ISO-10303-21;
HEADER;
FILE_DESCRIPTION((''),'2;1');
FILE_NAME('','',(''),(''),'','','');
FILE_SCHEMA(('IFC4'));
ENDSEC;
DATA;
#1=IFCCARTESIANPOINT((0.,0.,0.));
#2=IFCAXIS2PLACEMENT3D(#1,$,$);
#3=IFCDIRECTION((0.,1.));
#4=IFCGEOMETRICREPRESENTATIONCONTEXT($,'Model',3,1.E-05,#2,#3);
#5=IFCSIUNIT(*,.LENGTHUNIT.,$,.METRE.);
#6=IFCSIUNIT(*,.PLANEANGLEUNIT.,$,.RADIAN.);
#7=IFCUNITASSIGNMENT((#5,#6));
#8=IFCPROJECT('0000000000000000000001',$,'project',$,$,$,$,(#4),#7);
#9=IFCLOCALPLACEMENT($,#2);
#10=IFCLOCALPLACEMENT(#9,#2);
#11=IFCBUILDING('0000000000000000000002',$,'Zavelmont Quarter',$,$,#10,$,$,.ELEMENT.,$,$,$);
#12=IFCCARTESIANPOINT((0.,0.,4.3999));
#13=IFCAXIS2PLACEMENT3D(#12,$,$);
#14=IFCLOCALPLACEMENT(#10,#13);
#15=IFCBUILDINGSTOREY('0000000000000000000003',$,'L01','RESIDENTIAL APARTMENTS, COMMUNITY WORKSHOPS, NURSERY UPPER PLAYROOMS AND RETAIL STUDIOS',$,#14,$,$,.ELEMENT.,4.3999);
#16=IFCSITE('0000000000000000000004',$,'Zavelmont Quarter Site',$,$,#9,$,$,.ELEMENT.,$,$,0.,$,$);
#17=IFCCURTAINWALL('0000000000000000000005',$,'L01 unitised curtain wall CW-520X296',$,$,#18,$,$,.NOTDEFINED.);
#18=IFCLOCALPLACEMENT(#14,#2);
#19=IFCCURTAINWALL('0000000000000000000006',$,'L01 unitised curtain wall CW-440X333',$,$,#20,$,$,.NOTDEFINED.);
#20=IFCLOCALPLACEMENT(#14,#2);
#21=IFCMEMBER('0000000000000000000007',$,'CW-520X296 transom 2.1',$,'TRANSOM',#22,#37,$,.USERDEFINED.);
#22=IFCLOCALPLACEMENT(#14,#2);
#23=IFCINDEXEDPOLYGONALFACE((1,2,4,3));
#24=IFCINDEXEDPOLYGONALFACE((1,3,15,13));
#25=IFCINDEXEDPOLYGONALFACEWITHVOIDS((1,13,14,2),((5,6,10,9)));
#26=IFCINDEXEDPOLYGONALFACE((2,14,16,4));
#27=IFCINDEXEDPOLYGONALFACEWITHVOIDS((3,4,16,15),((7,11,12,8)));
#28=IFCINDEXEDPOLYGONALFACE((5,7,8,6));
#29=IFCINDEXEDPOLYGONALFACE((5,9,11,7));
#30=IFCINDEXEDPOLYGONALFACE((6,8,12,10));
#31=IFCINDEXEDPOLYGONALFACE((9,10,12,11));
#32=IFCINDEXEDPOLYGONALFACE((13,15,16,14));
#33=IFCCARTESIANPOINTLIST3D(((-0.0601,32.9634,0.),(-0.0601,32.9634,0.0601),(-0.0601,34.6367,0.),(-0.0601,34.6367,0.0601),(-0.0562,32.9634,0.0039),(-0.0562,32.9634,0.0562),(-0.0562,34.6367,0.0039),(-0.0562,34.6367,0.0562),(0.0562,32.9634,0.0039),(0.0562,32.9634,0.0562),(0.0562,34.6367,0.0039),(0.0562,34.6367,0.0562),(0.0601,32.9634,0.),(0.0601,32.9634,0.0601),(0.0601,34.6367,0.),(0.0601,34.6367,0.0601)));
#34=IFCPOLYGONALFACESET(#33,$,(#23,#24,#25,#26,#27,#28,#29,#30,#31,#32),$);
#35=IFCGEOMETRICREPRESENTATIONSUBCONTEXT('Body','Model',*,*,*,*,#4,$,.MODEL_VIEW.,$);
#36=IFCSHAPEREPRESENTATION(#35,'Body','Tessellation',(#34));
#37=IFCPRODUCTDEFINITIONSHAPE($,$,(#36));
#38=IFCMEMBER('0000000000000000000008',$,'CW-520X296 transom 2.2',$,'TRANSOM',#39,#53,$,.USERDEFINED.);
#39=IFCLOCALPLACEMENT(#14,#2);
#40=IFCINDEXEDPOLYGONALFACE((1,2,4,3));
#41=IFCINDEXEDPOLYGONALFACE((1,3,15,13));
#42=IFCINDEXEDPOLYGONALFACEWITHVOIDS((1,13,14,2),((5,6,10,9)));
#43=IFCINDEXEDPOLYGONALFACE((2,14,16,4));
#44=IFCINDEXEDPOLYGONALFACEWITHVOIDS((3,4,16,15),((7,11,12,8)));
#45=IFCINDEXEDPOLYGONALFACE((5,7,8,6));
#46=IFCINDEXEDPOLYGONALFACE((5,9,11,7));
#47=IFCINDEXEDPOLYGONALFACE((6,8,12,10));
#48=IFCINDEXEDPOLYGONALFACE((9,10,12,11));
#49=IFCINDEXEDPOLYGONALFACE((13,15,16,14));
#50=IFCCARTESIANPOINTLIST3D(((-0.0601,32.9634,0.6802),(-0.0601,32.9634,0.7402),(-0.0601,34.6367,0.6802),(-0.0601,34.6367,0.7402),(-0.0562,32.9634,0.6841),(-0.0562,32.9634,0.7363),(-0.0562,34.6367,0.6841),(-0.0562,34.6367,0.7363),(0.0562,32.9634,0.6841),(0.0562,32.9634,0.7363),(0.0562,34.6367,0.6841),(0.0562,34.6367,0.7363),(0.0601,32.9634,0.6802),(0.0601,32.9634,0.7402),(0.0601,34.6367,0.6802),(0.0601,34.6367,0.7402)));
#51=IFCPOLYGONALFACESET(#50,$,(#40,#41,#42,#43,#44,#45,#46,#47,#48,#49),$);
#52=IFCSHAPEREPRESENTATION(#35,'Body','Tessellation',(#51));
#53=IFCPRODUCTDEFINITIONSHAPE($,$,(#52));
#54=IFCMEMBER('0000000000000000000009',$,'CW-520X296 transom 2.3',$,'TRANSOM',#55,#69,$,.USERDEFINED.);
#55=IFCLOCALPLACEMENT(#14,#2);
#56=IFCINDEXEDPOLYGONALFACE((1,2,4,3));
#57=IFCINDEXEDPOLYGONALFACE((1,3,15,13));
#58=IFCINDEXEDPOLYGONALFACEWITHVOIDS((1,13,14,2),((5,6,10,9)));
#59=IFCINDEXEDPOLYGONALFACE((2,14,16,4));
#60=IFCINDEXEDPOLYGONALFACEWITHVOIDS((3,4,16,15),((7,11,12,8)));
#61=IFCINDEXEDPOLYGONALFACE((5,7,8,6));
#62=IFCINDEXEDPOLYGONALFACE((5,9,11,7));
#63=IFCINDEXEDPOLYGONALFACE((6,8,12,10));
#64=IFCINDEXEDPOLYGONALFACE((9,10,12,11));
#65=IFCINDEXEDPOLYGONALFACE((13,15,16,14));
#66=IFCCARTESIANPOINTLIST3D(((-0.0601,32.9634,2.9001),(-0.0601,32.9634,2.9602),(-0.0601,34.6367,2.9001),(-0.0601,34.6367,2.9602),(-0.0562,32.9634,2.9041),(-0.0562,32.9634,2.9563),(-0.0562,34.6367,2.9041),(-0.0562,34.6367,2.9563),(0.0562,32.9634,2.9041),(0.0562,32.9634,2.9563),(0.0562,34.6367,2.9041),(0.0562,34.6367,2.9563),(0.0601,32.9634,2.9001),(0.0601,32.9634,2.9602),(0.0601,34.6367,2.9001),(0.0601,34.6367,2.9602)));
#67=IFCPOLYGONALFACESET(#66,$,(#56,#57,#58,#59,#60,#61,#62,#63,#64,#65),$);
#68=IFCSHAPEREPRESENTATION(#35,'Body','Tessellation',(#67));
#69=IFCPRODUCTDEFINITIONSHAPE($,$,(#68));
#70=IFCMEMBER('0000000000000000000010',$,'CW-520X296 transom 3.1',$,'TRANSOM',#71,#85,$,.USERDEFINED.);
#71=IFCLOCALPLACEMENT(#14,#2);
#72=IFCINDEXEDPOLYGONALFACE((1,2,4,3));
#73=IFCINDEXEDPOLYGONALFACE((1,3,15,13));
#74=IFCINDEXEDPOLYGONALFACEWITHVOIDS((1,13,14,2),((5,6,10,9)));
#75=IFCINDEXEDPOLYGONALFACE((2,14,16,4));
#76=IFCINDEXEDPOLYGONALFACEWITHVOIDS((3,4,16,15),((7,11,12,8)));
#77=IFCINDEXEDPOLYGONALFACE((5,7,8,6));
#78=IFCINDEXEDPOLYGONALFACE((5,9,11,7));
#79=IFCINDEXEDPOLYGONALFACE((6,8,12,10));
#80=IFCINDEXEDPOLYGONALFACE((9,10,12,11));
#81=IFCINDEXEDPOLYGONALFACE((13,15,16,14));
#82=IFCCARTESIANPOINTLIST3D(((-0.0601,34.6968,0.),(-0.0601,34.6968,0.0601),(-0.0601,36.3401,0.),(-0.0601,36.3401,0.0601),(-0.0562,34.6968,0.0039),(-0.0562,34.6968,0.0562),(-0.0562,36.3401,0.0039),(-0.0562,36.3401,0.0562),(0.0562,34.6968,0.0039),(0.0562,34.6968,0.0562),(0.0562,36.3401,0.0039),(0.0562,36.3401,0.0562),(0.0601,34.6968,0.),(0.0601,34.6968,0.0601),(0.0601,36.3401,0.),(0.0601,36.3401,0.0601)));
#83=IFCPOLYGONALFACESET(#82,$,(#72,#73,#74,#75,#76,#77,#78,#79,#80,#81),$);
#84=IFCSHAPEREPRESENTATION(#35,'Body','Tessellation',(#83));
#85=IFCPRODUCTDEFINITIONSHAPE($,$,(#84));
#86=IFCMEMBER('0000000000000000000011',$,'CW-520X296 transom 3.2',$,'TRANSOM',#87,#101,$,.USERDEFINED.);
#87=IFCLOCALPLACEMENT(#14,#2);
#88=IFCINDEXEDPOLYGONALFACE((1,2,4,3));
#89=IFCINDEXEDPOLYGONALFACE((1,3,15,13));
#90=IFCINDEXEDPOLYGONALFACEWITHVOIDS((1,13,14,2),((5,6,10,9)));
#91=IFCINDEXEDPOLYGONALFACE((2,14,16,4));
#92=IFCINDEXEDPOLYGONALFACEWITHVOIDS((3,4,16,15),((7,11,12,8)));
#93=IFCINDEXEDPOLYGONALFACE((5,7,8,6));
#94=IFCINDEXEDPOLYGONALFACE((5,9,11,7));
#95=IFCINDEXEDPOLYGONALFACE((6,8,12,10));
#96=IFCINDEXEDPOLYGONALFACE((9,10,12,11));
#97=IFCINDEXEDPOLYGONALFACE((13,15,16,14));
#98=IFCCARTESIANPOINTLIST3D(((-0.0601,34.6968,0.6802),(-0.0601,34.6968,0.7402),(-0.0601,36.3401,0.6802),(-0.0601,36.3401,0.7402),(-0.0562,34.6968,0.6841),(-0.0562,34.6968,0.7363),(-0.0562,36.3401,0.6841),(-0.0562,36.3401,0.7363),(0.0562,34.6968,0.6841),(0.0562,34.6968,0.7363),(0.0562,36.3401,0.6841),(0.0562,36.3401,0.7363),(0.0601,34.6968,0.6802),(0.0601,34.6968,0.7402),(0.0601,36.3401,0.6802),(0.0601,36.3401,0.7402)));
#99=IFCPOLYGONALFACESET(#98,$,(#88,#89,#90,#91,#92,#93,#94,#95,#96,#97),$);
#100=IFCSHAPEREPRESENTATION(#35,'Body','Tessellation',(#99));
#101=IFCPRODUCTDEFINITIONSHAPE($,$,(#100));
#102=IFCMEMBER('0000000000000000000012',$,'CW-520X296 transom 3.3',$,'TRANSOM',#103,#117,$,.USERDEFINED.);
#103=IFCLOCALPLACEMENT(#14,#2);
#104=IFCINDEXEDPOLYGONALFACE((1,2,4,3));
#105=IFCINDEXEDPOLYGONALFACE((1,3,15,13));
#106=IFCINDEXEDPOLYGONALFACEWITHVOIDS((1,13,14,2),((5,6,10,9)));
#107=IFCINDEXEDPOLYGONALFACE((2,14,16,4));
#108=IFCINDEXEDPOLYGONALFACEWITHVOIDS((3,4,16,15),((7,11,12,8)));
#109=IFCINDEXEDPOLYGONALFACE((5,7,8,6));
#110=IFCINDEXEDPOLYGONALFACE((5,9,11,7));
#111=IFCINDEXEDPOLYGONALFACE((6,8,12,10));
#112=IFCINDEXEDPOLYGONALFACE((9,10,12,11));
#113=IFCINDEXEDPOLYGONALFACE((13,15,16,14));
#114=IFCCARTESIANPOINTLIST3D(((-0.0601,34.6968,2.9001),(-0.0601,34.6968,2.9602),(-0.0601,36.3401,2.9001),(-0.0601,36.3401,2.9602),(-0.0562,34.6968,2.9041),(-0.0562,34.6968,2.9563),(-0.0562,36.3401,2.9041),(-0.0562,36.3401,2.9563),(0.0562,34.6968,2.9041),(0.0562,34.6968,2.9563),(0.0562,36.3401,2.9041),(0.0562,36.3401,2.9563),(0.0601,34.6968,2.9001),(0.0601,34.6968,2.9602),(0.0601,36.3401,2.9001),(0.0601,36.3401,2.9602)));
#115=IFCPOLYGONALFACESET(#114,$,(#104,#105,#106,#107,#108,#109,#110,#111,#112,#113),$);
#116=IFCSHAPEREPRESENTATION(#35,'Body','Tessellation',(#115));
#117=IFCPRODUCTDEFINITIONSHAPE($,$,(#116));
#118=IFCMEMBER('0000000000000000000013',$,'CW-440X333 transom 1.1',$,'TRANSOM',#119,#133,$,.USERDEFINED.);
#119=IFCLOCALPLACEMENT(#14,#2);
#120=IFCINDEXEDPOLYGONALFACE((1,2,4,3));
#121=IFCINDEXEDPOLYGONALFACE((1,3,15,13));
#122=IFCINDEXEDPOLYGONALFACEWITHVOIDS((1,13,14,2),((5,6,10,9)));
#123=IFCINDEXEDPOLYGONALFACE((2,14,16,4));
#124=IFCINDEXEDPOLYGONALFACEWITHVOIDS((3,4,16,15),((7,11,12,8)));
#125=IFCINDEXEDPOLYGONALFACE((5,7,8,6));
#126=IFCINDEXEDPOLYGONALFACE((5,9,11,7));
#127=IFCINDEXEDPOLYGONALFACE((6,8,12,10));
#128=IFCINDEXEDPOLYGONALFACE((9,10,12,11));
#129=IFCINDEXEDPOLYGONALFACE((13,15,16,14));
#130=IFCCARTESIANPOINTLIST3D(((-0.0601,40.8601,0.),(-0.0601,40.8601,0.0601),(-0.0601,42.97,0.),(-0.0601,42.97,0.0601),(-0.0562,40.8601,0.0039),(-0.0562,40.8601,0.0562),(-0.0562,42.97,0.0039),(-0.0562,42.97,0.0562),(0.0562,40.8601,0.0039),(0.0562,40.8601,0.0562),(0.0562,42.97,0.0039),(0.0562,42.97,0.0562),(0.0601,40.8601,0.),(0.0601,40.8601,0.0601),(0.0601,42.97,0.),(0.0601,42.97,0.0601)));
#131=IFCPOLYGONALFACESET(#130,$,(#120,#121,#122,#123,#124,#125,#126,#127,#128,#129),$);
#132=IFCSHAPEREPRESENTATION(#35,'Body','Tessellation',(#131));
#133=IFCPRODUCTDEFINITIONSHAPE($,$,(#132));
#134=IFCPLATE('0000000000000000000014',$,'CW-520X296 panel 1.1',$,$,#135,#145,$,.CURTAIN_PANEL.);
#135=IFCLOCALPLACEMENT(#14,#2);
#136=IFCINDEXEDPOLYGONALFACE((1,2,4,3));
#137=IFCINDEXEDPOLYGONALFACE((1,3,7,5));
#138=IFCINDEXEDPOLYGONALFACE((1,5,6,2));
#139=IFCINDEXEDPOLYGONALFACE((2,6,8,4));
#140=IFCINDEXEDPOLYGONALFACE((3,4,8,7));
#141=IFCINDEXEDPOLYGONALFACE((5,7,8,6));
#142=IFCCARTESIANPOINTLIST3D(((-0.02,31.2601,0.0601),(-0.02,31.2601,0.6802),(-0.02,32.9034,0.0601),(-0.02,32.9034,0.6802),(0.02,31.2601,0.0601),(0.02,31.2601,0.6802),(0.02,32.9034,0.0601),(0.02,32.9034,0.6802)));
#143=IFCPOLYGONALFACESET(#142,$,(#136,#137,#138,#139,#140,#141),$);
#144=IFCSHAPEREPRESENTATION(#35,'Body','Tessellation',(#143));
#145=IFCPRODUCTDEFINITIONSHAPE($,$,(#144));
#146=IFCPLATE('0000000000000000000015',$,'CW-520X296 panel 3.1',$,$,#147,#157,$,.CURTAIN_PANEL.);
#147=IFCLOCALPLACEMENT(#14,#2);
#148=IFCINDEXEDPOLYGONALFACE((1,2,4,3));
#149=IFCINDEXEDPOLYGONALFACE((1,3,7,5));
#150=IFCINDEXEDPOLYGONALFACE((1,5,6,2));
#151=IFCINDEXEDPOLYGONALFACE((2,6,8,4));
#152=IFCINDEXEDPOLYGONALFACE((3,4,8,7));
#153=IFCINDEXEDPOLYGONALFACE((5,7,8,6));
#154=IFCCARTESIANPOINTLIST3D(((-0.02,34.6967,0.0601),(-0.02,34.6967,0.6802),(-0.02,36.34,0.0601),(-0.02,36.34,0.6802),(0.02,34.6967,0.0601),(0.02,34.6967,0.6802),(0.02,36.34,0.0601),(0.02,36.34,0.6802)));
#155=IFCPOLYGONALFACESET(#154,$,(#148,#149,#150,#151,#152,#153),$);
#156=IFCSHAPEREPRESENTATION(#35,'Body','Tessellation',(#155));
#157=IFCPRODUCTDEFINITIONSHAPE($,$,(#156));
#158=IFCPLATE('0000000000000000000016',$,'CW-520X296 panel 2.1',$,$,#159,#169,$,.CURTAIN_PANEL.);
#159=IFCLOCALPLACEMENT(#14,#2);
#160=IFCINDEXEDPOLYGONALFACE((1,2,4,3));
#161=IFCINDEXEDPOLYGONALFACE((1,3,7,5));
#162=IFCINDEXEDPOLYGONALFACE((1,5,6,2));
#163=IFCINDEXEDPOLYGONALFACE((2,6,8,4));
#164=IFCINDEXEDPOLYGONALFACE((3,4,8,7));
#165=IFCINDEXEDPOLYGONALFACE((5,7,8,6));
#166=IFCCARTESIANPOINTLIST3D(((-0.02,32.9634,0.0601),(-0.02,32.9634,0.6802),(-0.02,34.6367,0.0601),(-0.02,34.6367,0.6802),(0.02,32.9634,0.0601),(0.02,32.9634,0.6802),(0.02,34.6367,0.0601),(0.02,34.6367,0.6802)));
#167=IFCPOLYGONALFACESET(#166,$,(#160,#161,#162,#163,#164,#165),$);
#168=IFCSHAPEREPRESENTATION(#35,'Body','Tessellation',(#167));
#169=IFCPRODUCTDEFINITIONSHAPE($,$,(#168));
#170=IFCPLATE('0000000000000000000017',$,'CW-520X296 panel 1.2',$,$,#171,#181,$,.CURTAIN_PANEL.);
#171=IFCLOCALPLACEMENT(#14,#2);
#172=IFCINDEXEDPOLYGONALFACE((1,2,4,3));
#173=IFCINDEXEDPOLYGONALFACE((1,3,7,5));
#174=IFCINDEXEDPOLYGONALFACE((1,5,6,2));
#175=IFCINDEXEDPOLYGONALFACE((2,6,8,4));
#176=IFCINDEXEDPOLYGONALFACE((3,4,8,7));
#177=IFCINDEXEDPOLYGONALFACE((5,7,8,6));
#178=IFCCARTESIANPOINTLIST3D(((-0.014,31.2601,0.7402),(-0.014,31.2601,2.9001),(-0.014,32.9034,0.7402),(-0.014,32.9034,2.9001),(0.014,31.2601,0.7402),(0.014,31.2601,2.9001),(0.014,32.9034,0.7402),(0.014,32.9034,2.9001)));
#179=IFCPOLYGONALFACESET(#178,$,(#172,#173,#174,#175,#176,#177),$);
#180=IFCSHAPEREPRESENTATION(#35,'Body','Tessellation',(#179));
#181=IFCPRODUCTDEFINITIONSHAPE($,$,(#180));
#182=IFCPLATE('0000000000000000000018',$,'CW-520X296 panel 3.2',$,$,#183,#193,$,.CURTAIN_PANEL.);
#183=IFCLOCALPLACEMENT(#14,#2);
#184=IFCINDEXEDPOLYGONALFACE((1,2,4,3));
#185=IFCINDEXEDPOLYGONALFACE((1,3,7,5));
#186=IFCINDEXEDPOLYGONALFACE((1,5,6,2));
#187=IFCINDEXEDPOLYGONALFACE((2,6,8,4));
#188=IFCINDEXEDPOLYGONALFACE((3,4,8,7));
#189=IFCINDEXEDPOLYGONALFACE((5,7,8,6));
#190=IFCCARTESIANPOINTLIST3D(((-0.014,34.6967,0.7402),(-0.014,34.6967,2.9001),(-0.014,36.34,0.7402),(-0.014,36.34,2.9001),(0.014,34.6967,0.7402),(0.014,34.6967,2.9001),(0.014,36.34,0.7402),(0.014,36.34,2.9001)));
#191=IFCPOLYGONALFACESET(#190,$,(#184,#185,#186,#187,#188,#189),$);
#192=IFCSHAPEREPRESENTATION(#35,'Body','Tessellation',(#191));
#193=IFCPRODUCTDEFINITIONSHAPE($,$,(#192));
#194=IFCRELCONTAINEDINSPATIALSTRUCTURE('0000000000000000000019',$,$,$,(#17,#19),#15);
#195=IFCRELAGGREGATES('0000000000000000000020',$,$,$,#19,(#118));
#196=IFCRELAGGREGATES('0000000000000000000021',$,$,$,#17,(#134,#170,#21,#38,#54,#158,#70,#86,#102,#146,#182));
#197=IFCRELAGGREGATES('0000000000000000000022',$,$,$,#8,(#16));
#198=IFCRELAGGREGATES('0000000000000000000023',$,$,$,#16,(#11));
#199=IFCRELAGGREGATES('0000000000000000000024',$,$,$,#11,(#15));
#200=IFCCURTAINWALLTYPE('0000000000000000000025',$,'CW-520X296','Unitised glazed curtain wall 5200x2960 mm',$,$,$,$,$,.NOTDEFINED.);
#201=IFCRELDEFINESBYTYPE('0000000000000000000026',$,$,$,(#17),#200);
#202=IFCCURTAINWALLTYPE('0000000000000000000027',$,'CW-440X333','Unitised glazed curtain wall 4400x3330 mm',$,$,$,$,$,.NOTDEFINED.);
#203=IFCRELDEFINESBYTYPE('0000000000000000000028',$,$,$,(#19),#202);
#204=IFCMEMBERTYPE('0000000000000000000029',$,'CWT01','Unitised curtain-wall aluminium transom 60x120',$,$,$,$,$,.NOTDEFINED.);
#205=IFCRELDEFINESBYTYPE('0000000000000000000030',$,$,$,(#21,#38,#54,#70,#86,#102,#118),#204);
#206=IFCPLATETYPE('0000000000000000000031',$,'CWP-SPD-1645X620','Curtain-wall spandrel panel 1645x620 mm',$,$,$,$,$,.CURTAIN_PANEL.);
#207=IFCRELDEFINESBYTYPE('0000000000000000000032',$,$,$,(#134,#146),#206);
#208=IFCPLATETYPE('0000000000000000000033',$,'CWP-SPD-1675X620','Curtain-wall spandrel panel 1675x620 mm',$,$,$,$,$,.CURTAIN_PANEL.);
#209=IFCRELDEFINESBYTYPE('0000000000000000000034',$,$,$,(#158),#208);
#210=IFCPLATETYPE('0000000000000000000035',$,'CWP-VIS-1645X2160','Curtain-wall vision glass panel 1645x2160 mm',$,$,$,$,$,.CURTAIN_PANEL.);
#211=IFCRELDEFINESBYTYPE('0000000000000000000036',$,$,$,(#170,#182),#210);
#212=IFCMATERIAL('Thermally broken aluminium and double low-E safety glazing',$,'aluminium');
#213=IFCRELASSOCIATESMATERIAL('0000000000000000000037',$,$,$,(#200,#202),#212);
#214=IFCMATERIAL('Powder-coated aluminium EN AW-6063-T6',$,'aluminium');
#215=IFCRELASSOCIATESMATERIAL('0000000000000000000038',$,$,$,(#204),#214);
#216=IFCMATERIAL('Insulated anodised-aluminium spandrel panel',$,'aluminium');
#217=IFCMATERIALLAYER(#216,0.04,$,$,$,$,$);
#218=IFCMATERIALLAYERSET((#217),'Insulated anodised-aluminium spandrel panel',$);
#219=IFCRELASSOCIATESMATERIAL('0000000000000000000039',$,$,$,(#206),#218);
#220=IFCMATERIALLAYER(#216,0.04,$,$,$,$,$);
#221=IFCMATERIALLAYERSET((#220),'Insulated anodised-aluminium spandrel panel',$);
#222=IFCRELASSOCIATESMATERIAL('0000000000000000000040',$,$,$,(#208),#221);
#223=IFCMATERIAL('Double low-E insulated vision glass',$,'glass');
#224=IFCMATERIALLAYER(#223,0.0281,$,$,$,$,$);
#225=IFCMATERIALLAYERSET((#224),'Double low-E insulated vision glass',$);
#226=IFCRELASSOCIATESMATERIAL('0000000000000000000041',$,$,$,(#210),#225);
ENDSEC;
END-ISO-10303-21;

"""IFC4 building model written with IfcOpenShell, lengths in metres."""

from ifc_helpers import new_model, si_unit, direction, frame, origin, origin_2d, place, context, subcontext, project, spatial, rectangle, hollow_rectangle, extrude, material, layer, layer_set, material_profile, profile_set, type_object, element, aggregate, save


model = new_model("IFC4")

# Units and contexts
model_context = context("Model", 3, precision=1e-05, world=origin(), true_north=direction((0.0, 1.0)))
body_context = subcontext(model_context, "Body", "Model", "MODEL_VIEW")
ifc_project = project(units=[si_unit("LENGTHUNIT", "METRE"), si_unit("PLANEANGLEUNIT", "RADIAN")], contexts=[model_context])

# Site, building, storey
site_placement = place(None, origin())
site = spatial("IfcSite", under=ifc_project, at=site_placement, Name="Zavelmont Quarter Site", CompositionType="ELEMENT", RefElevation=0.0)
building_placement = place(site_placement, origin())
building = spatial("IfcBuilding", under=site, at=building_placement, Name="Zavelmont Quarter", CompositionType="ELEMENT")
storey_placement = place(building_placement, frame((0.0, 0.0, 4.3999)))
storey = spatial("IfcBuildingStorey", under=building, at=storey_placement, Name="L01", Description="RESIDENTIAL APARTMENTS, COMMUNITY WORKSHOPS, NURSERY UPPER PLAYROOMS AND RETAIL STUDIOS", CompositionType="ELEMENT", Elevation=4.3999)

# Curtain wall
ifc_material_1 = material(Name="Thermally broken aluminium and double low-E safety glazing", Category="aluminium")
curtain_wall_type_1 = type_object("IfcCurtainWallType", Name="CW-520X296", Description="Unitised glazed curtain wall 5200x2960 mm", PredefinedType="NOTDEFINED", material=ifc_material_1)
curtain_wall_1_placement = place(storey_placement, origin())
curtain_wall_1 = element("IfcCurtainWall", 1, at=curtain_wall_1_placement, inside=storey, type_object=curtain_wall_type_1, Name="L01 unitised curtain wall CW-520X296", PredefinedType="NOTDEFINED")
ifc_material_2 = material(Name="Powder-coated aluminium EN AW-6063-T6", Category="aluminium")

# Curtain wall
curtain_wall_type_2 = type_object("IfcCurtainWallType", Name="CW-440X333", Description="Unitised glazed curtain wall 4400x3330 mm", PredefinedType="NOTDEFINED", material=ifc_material_1)
curtain_wall_2_placement = place(storey_placement, origin())
curtain_wall_2 = element("IfcCurtainWall", 2, at=curtain_wall_2_placement, inside=storey, type_object=curtain_wall_type_2, Name="L01 unitised curtain wall CW-440X333", PredefinedType="NOTDEFINED")

# Members
ifc_material_profile_1 = material_profile(ifc_material_2, hollow_rectangle(XDim=0.1201, YDim=0.0601, WallThickness=0.0039, at=origin_2d()), Name="CWT60X120")
ifc_profile_set_1 = profile_set([ifc_material_profile_1], Name="Powder-coated aluminium EN AW-6063-T6")
member_type_1 = type_object("IfcMemberType", Name="CWT01", Description="Unitised curtain-wall aluminium transom 60x120", PredefinedType="NOTDEFINED", material=ifc_profile_set_1)
member_1_placement = place(storey_placement, frame((0.0, 32.9634, 0.03), z_axis=(0.0, 1.0, 0.0), x_axis=(-1.0, 0.0, 0.0)))
member_1 = element("IfcMember", 3, at=member_1_placement, type_object=member_type_1, Name="CW-520X296 transom 2.1", ObjectType="TRANSOM", PredefinedType="USERDEFINED", context=body_context, shape_type="SweptSolid", body=[
    extrude(hollow_rectangle(XDim=0.1201, YDim=0.0601, WallThickness=0.0039, at=origin_2d()), origin(), (0.0, 0.0, 1.0), 1.6733),
])
member_2_placement = place(storey_placement, frame((0.0, 32.9634, 0.7102), z_axis=(0.0, 1.0, 0.0), x_axis=(-1.0, 0.0, 0.0)))
member_2 = element("IfcMember", 4, at=member_2_placement, type_object=member_type_1, Name="CW-520X296 transom 2.2", ObjectType="TRANSOM", PredefinedType="USERDEFINED", context=body_context, shape_type="SweptSolid", body=[
    extrude(hollow_rectangle(XDim=0.1201, YDim=0.0601, WallThickness=0.0039, at=origin_2d()), origin(), (0.0, 0.0, 1.0), 1.6733),
])
member_3_placement = place(storey_placement, frame((0.0, 32.9634, 2.9302), z_axis=(0.0, 1.0, 0.0), x_axis=(-1.0, 0.0, 0.0)))
member_3 = element("IfcMember", 5, at=member_3_placement, type_object=member_type_1, Name="CW-520X296 transom 2.3", ObjectType="TRANSOM", PredefinedType="USERDEFINED", context=body_context, shape_type="SweptSolid", body=[
    extrude(hollow_rectangle(XDim=0.1201, YDim=0.0601, WallThickness=0.0039, at=origin_2d()), origin(), (0.0, 0.0, 1.0), 1.6733),
])
member_4_placement = place(storey_placement, frame((0.0, 34.6968, 0.03), z_axis=(0.0, 1.0, 0.0), x_axis=(-1.0, 0.0, 0.0)))
member_4 = element("IfcMember", 6, at=member_4_placement, type_object=member_type_1, Name="CW-520X296 transom 3.1", ObjectType="TRANSOM", PredefinedType="USERDEFINED", context=body_context, shape_type="SweptSolid", body=[
    extrude(hollow_rectangle(XDim=0.1201, YDim=0.0601, WallThickness=0.0039, at=origin_2d()), origin(), (0.0, 0.0, 1.0), 1.6433),
])
member_5_placement = place(storey_placement, frame((0.0, 34.6968, 0.7102), z_axis=(0.0, 1.0, 0.0), x_axis=(-1.0, 0.0, 0.0)))
member_5 = element("IfcMember", 7, at=member_5_placement, type_object=member_type_1, Name="CW-520X296 transom 3.2", ObjectType="TRANSOM", PredefinedType="USERDEFINED", context=body_context, shape_type="SweptSolid", body=[
    extrude(hollow_rectangle(XDim=0.1201, YDim=0.0601, WallThickness=0.0039, at=origin_2d()), origin(), (0.0, 0.0, 1.0), 1.6433),
])
member_6_placement = place(storey_placement, frame((0.0, 34.6968, 2.9302), z_axis=(0.0, 1.0, 0.0), x_axis=(-1.0, 0.0, 0.0)))
member_6 = element("IfcMember", 8, at=member_6_placement, type_object=member_type_1, Name="CW-520X296 transom 3.3", ObjectType="TRANSOM", PredefinedType="USERDEFINED", context=body_context, shape_type="SweptSolid", body=[
    extrude(hollow_rectangle(XDim=0.1201, YDim=0.0601, WallThickness=0.0039, at=origin_2d()), origin(), (0.0, 0.0, 1.0), 1.6433),
])
member_7_placement = place(storey_placement, frame((0.0, 40.8601, 0.03), z_axis=(0.0, 1.0, 0.0), x_axis=(-1.0, 0.0, 0.0)))
member_7 = element("IfcMember", 9, at=member_7_placement, type_object=member_type_1, Name="CW-440X333 transom 1.1", ObjectType="TRANSOM", PredefinedType="USERDEFINED", context=body_context, shape_type="SweptSolid", body=[
    extrude(hollow_rectangle(XDim=0.1201, YDim=0.0601, WallThickness=0.0039, at=origin_2d()), origin(), (0.0, 0.0, 1.0), 2.1099),
])
aggregate(curtain_wall_2, [member_7])

# Plates
ifc_material_3 = material(Name="Insulated anodised-aluminium spandrel panel", Category="aluminium")
ifc_layer_1 = layer(ifc_material_3, 0.04)
ifc_layer_set_1 = layer_set([ifc_layer_1], Name="Insulated anodised-aluminium spandrel panel")
plate_type_1 = type_object("IfcPlateType", Name="CWP-SPD-1645X620", Description="Curtain-wall spandrel panel 1645x620 mm", PredefinedType="CURTAIN_PANEL", material=ifc_layer_set_1)
plate_1_placement = place(storey_placement, frame((0.0, 32.0818, 0.0601), z_axis=(0.0, 0.0, 1.0), x_axis=(0.0, 1.0, 0.0)))
plate_1 = element("IfcPlate", 10, at=plate_1_placement, type_object=plate_type_1, Name="CW-520X296 panel 1.1", PredefinedType="CURTAIN_PANEL", context=body_context, shape_type="SweptSolid", body=[
    extrude(rectangle(XDim=1.6433, YDim=0.04, at=origin_2d()), origin(), (0.0, 0.0, 1.0), 0.6201),
])
plate_2_placement = place(storey_placement, frame((0.0, 35.5183, 0.0601), z_axis=(0.0, 0.0, 1.0), x_axis=(0.0, 1.0, 0.0)))
plate_2 = element("IfcPlate", 11, at=plate_2_placement, type_object=plate_type_1, Name="CW-520X296 panel 3.1", PredefinedType="CURTAIN_PANEL", context=body_context, shape_type="SweptSolid", body=[
    extrude(rectangle(XDim=1.6433, YDim=0.04, at=origin_2d()), origin(), (0.0, 0.0, 1.0), 0.6201),
])
ifc_layer_2 = layer(ifc_material_3, 0.04)
ifc_layer_set_2 = layer_set([ifc_layer_2], Name="Insulated anodised-aluminium spandrel panel")
plate_type_2 = type_object("IfcPlateType", Name="CWP-SPD-1675X620", Description="Curtain-wall spandrel panel 1675x620 mm", PredefinedType="CURTAIN_PANEL", material=ifc_layer_set_2)
plate_3_placement = place(storey_placement, frame((0.0, 33.8, 0.0601), z_axis=(0.0, 0.0, 1.0), x_axis=(0.0, 1.0, 0.0)))
plate_3 = element("IfcPlate", 12, at=plate_3_placement, type_object=plate_type_2, Name="CW-520X296 panel 2.1", PredefinedType="CURTAIN_PANEL", context=body_context, shape_type="SweptSolid", body=[
    extrude(rectangle(XDim=1.6733, YDim=0.04, at=origin_2d()), origin(), (0.0, 0.0, 1.0), 0.6201),
])
ifc_material_4 = material(Name="Double low-E insulated vision glass", Category="glass")
ifc_layer_3 = layer(ifc_material_4, 0.0281)
ifc_layer_set_3 = layer_set([ifc_layer_3], Name="Double low-E insulated vision glass")
plate_type_3 = type_object("IfcPlateType", Name="CWP-VIS-1645X2160", Description="Curtain-wall vision glass panel 1645x2160 mm", PredefinedType="CURTAIN_PANEL", material=ifc_layer_set_3)
plate_4_placement = place(storey_placement, frame((0.0, 32.0818, 0.7402), z_axis=(0.0, 0.0, 1.0), x_axis=(0.0, 1.0, 0.0)))
plate_4 = element("IfcPlate", 13, at=plate_4_placement, type_object=plate_type_3, Name="CW-520X296 panel 1.2", PredefinedType="CURTAIN_PANEL", context=body_context, shape_type="SweptSolid", body=[
    extrude(rectangle(XDim=1.6433, YDim=0.0281, at=origin_2d()), origin(), (0.0, 0.0, 1.0), 2.1599),
])
plate_5_placement = place(storey_placement, frame((0.0, 35.5183, 0.7402), z_axis=(0.0, 0.0, 1.0), x_axis=(0.0, 1.0, 0.0)))
plate_5 = element("IfcPlate", 14, at=plate_5_placement, type_object=plate_type_3, Name="CW-520X296 panel 3.2", PredefinedType="CURTAIN_PANEL", context=body_context, shape_type="SweptSolid", body=[
    extrude(rectangle(XDim=1.6433, YDim=0.0281, at=origin_2d()), origin(), (0.0, 0.0, 1.0), 2.1599),
])
aggregate(curtain_wall_1, [plate_1, plate_4, member_1, member_2, member_3, plate_3, member_4, member_5, member_6, plate_2, plate_5])

save(model, "model.ifc")
